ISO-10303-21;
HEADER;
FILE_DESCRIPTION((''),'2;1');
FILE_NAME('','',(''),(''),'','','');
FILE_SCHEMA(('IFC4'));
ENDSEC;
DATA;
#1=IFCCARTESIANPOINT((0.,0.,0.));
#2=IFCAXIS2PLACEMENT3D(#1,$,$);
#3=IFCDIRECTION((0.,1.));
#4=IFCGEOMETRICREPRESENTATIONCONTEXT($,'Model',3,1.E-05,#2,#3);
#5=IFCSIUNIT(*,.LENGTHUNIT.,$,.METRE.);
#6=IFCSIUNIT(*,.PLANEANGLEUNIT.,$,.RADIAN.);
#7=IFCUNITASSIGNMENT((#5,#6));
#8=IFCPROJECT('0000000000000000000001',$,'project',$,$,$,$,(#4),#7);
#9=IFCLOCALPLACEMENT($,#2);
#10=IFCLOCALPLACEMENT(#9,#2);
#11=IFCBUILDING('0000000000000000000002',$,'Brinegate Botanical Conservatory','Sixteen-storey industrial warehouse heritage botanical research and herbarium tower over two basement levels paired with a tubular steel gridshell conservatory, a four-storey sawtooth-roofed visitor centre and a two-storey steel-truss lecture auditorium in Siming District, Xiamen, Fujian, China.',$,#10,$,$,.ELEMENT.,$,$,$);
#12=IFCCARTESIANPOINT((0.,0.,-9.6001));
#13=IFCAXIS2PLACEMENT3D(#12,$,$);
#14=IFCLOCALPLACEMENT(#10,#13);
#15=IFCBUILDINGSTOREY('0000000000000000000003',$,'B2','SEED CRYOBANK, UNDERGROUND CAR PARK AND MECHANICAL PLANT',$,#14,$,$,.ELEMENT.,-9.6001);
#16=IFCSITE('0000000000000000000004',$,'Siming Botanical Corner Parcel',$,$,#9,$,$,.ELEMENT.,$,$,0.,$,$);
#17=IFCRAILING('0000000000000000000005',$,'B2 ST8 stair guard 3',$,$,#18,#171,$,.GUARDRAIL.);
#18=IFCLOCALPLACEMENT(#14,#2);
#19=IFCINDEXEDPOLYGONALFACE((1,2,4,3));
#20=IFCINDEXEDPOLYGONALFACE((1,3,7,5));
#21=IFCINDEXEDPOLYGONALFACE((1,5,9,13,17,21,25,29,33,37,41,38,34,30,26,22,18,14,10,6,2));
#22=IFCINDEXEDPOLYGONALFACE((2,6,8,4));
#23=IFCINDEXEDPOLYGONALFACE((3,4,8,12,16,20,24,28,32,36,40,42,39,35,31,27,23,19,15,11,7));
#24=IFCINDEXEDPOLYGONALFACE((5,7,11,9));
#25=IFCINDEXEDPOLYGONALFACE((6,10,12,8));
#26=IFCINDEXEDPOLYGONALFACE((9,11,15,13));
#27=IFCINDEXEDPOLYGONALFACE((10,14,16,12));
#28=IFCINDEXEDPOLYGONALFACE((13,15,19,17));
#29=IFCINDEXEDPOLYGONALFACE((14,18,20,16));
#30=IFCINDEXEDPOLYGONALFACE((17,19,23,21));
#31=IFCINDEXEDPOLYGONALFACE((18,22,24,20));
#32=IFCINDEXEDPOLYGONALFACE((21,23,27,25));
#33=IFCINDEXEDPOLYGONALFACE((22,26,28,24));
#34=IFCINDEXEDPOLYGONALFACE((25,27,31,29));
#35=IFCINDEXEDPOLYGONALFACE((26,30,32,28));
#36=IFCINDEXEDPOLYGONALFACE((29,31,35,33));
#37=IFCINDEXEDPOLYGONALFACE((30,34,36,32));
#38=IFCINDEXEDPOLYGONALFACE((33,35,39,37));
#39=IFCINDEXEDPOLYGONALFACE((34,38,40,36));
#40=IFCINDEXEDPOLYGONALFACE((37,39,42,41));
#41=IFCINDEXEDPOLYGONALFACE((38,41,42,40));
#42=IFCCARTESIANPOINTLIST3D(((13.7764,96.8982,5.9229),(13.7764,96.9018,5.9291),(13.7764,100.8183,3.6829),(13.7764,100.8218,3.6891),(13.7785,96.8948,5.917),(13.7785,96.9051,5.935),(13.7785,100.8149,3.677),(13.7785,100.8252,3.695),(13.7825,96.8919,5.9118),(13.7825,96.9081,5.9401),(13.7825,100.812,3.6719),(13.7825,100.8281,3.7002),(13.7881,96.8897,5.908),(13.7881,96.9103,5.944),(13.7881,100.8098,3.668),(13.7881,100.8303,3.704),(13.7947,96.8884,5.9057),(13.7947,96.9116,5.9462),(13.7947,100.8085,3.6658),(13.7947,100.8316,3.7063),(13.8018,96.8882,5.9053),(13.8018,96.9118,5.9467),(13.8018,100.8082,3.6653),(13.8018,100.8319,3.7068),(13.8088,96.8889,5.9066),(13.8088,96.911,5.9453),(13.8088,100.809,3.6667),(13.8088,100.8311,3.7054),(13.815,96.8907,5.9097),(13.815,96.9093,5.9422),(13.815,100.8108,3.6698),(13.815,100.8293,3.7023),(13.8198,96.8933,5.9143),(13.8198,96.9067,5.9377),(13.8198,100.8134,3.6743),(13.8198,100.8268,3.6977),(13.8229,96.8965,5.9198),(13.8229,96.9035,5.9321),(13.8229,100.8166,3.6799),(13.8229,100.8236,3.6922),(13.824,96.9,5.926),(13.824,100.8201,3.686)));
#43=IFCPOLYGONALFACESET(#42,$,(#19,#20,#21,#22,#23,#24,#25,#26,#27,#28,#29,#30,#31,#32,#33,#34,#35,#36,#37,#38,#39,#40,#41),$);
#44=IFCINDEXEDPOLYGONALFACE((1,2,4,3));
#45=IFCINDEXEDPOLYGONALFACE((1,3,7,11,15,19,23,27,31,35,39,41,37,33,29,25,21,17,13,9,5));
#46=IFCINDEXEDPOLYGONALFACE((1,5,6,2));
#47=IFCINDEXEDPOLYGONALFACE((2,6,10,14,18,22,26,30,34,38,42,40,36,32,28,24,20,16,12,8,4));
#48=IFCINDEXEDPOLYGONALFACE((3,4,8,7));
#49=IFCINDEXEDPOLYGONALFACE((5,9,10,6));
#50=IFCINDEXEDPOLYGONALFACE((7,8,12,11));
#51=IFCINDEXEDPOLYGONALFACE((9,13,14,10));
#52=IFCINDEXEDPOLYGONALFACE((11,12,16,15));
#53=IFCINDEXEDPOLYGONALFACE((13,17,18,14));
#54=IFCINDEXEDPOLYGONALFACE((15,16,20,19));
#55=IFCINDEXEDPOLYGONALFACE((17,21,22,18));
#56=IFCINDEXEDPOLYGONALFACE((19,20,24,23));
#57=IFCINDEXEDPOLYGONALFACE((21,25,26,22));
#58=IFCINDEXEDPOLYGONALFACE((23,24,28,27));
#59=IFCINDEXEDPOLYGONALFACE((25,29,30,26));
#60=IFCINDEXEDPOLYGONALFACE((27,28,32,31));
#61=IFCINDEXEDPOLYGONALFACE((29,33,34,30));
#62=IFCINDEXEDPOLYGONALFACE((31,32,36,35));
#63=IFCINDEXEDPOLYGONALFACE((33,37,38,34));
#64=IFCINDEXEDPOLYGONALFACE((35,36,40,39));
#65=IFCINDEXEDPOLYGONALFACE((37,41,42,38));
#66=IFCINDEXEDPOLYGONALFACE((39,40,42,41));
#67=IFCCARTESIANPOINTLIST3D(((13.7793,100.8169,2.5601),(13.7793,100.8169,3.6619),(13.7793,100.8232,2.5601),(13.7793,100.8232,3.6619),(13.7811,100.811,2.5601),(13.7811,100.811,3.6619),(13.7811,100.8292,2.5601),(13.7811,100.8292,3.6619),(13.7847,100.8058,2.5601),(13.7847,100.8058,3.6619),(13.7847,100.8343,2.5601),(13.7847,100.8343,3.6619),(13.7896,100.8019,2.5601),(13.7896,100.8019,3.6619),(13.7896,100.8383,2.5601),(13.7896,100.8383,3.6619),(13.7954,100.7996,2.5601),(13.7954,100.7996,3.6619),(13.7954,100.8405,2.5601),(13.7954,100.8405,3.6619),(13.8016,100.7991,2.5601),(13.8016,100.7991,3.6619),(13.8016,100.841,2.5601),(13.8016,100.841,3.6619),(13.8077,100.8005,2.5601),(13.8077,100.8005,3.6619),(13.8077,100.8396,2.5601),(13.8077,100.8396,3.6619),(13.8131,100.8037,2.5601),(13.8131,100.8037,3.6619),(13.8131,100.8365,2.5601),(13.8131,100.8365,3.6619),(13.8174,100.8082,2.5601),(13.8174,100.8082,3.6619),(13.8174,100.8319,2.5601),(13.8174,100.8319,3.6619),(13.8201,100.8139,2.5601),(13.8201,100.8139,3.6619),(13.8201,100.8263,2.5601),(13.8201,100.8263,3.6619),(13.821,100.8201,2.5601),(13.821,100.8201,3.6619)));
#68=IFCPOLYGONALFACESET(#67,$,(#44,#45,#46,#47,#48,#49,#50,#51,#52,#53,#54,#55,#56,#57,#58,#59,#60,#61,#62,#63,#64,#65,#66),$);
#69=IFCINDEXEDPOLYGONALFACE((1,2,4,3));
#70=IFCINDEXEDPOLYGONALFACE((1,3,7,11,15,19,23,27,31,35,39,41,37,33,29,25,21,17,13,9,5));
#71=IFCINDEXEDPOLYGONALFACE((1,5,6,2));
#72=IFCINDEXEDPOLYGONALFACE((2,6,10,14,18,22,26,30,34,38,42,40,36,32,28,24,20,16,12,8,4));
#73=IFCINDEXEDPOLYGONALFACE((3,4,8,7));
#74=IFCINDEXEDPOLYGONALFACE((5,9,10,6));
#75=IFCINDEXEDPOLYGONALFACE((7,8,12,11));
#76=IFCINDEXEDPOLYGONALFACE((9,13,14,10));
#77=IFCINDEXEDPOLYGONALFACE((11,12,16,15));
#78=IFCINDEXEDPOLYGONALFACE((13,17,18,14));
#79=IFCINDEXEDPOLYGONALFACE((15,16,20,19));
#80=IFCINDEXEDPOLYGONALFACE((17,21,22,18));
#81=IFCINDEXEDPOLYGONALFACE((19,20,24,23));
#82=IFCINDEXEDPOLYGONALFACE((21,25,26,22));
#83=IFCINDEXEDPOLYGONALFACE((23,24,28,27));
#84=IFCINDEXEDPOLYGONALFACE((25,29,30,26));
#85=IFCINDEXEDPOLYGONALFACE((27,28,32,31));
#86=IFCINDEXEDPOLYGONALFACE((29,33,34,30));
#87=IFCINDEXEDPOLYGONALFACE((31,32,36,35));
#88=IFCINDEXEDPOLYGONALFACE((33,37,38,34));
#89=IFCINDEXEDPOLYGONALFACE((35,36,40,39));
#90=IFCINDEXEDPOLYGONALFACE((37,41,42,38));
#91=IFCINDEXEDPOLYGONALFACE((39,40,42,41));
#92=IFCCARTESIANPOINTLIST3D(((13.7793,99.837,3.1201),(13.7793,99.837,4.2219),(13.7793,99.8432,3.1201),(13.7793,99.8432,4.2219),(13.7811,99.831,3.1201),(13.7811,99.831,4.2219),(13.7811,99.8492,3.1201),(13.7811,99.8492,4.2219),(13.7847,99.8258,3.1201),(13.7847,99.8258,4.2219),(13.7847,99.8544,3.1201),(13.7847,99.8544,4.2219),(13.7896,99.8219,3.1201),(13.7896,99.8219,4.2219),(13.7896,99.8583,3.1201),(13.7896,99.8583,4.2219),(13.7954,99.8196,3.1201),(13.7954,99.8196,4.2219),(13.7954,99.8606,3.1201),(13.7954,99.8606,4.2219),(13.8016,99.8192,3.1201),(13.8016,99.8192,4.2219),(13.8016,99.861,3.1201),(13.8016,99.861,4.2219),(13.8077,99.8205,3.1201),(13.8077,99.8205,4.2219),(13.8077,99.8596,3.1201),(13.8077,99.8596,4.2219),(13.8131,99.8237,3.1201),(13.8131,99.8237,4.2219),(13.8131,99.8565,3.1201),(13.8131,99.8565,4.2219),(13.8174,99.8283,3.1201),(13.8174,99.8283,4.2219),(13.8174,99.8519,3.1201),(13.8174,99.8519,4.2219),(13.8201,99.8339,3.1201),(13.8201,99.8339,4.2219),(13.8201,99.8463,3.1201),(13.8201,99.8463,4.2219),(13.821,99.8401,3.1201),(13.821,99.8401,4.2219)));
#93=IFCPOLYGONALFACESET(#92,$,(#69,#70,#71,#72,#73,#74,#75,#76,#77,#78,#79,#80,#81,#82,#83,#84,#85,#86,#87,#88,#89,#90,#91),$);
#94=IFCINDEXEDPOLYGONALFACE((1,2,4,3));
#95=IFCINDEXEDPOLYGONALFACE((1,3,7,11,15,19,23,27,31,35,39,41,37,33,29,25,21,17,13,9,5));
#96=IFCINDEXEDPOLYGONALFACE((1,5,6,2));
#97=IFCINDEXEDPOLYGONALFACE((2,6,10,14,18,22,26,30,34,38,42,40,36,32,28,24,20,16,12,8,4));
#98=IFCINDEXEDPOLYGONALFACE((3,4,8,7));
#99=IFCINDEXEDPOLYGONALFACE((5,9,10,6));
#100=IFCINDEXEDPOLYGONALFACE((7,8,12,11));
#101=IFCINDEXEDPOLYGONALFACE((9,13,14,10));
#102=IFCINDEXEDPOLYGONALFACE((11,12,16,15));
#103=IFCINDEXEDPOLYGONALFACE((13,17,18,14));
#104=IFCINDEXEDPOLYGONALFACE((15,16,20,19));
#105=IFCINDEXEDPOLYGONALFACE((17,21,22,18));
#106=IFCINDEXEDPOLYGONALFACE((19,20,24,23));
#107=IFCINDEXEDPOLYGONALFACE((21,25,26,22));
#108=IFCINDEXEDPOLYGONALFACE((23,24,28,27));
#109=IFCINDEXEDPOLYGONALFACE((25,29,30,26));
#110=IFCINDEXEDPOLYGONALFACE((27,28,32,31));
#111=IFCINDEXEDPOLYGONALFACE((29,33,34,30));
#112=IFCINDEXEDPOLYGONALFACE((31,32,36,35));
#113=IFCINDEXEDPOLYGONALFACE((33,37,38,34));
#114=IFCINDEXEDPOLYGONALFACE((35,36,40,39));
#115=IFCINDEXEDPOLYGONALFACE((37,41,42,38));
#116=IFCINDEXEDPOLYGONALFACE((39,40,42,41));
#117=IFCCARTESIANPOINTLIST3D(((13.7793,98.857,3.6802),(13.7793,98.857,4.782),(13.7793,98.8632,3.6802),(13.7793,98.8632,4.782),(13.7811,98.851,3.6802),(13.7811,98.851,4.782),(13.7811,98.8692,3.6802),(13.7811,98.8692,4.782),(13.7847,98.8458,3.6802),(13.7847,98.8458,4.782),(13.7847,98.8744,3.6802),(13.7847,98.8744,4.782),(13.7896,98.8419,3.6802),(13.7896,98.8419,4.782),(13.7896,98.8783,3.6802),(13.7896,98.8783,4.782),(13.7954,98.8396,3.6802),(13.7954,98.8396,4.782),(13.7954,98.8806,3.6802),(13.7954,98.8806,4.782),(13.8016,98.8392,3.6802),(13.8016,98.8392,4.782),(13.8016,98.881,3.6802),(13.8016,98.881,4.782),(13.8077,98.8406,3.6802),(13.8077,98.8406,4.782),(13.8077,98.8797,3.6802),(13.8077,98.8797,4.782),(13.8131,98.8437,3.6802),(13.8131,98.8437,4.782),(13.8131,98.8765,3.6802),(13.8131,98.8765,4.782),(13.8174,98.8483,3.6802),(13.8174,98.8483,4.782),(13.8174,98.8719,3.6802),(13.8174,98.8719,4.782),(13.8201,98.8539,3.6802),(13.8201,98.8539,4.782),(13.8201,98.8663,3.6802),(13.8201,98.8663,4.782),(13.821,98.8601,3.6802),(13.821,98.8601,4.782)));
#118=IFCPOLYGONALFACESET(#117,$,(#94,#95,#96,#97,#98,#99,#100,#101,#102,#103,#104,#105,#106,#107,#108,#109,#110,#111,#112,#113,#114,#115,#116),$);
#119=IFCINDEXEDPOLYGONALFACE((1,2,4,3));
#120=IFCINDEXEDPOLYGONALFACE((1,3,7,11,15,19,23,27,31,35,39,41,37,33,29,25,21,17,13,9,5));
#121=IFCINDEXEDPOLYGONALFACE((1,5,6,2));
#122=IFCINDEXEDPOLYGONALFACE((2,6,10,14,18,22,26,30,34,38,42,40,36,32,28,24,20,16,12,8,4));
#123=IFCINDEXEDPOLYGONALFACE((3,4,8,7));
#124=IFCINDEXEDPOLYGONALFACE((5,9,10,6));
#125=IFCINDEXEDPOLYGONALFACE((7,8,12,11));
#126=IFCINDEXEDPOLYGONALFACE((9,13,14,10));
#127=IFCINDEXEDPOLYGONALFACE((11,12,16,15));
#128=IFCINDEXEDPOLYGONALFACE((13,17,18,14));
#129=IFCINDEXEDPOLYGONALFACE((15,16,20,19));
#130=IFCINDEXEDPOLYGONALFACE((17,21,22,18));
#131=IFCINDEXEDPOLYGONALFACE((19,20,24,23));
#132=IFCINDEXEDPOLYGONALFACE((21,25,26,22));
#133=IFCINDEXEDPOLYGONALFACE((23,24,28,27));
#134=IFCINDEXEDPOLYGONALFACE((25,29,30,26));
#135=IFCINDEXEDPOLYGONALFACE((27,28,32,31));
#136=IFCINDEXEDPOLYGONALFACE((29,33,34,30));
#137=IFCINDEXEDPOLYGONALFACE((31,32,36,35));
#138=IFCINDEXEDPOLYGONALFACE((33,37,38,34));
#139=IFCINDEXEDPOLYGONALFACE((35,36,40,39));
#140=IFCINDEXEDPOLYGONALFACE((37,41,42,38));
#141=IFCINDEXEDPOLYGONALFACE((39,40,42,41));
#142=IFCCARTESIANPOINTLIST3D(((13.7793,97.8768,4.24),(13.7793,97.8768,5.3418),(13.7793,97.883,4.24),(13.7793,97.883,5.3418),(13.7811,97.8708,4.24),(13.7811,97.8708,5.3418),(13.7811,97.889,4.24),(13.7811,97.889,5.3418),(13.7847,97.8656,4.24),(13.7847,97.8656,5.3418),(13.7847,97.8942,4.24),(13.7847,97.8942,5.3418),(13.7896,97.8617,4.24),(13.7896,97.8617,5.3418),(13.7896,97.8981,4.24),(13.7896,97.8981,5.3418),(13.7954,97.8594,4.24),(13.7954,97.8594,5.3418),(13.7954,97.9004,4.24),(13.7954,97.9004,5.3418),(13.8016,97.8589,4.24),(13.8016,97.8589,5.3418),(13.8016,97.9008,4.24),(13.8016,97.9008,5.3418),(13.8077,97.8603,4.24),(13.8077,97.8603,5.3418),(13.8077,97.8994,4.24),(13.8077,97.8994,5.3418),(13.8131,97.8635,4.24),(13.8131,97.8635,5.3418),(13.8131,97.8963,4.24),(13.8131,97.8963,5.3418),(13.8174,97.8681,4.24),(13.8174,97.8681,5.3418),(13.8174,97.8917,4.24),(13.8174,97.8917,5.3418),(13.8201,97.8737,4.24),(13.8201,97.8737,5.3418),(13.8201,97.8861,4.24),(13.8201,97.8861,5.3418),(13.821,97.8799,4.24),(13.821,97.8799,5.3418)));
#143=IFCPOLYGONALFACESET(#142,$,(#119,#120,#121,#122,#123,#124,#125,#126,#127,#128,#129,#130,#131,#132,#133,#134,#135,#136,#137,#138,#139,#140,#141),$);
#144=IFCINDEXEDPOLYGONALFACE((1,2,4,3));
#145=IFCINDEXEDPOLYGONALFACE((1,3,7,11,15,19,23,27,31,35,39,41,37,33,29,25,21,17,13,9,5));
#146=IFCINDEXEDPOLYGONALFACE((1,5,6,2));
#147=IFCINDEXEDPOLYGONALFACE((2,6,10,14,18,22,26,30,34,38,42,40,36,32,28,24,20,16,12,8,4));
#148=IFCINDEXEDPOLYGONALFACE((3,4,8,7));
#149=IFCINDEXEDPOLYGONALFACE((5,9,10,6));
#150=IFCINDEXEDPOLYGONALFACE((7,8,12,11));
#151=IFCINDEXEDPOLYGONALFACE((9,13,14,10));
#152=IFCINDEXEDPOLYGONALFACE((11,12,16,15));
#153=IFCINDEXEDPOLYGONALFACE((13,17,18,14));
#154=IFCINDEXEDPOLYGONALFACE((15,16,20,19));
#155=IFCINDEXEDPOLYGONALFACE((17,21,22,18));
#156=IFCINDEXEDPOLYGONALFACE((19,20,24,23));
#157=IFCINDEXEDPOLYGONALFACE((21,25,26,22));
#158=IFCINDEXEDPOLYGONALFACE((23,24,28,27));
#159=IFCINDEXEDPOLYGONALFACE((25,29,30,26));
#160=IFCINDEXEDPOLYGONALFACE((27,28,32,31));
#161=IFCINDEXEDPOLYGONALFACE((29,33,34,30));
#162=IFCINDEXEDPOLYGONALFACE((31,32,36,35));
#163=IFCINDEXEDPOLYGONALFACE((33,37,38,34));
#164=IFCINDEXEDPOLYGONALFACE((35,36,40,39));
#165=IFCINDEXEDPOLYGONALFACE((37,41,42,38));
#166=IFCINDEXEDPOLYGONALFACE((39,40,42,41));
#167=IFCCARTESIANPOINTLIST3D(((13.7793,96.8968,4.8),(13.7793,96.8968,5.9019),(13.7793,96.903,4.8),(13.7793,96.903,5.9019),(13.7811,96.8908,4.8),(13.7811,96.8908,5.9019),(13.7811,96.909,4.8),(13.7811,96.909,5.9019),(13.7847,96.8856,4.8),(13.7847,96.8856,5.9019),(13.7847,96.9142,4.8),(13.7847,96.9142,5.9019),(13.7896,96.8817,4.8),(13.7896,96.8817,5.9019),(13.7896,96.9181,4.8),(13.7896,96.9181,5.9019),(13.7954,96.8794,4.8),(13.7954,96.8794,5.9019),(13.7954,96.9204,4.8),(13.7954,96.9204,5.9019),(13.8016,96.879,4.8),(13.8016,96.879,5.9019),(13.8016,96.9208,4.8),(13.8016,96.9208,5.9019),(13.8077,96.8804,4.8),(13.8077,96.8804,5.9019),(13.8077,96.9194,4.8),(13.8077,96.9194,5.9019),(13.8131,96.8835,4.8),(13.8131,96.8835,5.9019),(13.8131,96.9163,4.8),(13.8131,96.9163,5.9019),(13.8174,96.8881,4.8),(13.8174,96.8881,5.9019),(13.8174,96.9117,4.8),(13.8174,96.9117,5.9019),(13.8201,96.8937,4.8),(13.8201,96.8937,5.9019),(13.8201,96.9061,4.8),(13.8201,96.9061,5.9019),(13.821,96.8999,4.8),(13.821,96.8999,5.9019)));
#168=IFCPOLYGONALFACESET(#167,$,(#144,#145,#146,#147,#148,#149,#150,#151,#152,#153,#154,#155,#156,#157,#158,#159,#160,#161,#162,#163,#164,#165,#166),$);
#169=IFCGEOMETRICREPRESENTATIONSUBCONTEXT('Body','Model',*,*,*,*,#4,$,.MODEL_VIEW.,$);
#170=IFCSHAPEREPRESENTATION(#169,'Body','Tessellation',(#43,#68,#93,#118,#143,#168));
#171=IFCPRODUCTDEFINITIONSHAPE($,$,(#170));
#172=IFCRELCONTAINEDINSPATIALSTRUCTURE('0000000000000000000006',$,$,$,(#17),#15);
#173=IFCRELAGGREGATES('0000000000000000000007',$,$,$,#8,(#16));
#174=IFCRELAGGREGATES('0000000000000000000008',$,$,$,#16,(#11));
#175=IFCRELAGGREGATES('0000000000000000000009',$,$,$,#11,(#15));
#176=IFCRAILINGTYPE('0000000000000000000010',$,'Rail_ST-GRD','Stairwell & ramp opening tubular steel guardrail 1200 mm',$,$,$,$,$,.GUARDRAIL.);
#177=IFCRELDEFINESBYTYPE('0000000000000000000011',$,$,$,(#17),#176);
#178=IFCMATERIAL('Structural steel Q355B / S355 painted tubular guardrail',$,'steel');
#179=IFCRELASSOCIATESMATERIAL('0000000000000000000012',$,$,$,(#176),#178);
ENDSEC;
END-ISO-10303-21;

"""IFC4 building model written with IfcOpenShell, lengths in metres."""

from ifc_helpers import new_model, si_unit, direction, frame, origin, origin_2d, place, context, subcontext, project, spatial, circle, extrude, material, type_object, element, save


model = new_model("IFC4")

# Units and contexts
model_context = context("Model", 3, precision=1e-05, world=origin(), true_north=direction((0.0, 1.0)))
body_context = subcontext(model_context, "Body", "Model", "MODEL_VIEW")
ifc_project = project(units=[si_unit("LENGTHUNIT", "METRE"), si_unit("PLANEANGLEUNIT", "RADIAN")], contexts=[model_context])

# Site, building, storey
site_placement = place(None, origin())
site = spatial("IfcSite", under=ifc_project, at=site_placement, Name="Siming Botanical Corner Parcel", CompositionType="ELEMENT", RefElevation=0.0)
building_placement = place(site_placement, origin())
building = spatial("IfcBuilding", under=site, at=building_placement, Name="Brinegate Botanical Conservatory", Description="Sixteen-storey industrial warehouse heritage botanical research and herbarium tower over two basement levels paired with a tubular steel gridshell conservatory, a four-storey sawtooth-roofed visitor centre and a two-storey steel-truss lecture auditorium in Siming District, Xiamen, Fujian, China.", CompositionType="ELEMENT")
storey_placement = place(building_placement, frame((0.0, 0.0, -9.6001)))
storey = spatial("IfcBuildingStorey", under=building, at=storey_placement, Name="B2", Description="SEED CRYOBANK, UNDERGROUND CAR PARK AND MECHANICAL PLANT", CompositionType="ELEMENT", Elevation=-9.6001)

# Railing
ifc_material_1 = material(Name="Structural steel Q355B / S355 painted tubular guardrail", Category="steel")
railing_type_1 = type_object("IfcRailingType", Name="Rail_ST-GRD", Description="Stairwell & ramp opening tubular steel guardrail 1200 mm", PredefinedType="GUARDRAIL", material=ifc_material_1)
railing_1_placement = place(storey_placement, frame((13.8, 100.8201, 2.5601)))
element("IfcRailing", 1, at=railing_1_placement, inside=storey, type_object=railing_type_1, Name="B2 ST8 stair guard 3", PredefinedType="GUARDRAIL", context=body_context, shape_type="SweptSolid", body=[
    extrude(circle(Radius=0.0239, at=origin_2d()), frame((0.0, 0.0, 1.126), z_axis=(0.0, -0.868253, 0.496121), x_axis=(1.0, 0.0, 0.0)), (0.0, 0.0, 1.0), 4.5149),
    extrude(circle(Radius=0.021, at=origin_2d()), origin(), (0.0, 0.0, 1.0), 1.1018),
    extrude(circle(Radius=0.021, at=origin_2d()), frame((0.0, -0.98, 0.5601)), (0.0, 0.0, 1.0), 1.1018),
    extrude(circle(Radius=0.021, at=origin_2d()), frame((0.0, -1.96, 1.1201)), (0.0, 0.0, 1.0), 1.1018),
    extrude(circle(Radius=0.021, at=origin_2d()), frame((0.0, -2.9402, 1.6799)), (0.0, 0.0, 1.0), 1.1018),
    extrude(circle(Radius=0.021, at=origin_2d()), frame((0.0, -3.9202, 2.24)), (0.0, 0.0, 1.0), 1.1018),
])

save(model, "model.ifc")
